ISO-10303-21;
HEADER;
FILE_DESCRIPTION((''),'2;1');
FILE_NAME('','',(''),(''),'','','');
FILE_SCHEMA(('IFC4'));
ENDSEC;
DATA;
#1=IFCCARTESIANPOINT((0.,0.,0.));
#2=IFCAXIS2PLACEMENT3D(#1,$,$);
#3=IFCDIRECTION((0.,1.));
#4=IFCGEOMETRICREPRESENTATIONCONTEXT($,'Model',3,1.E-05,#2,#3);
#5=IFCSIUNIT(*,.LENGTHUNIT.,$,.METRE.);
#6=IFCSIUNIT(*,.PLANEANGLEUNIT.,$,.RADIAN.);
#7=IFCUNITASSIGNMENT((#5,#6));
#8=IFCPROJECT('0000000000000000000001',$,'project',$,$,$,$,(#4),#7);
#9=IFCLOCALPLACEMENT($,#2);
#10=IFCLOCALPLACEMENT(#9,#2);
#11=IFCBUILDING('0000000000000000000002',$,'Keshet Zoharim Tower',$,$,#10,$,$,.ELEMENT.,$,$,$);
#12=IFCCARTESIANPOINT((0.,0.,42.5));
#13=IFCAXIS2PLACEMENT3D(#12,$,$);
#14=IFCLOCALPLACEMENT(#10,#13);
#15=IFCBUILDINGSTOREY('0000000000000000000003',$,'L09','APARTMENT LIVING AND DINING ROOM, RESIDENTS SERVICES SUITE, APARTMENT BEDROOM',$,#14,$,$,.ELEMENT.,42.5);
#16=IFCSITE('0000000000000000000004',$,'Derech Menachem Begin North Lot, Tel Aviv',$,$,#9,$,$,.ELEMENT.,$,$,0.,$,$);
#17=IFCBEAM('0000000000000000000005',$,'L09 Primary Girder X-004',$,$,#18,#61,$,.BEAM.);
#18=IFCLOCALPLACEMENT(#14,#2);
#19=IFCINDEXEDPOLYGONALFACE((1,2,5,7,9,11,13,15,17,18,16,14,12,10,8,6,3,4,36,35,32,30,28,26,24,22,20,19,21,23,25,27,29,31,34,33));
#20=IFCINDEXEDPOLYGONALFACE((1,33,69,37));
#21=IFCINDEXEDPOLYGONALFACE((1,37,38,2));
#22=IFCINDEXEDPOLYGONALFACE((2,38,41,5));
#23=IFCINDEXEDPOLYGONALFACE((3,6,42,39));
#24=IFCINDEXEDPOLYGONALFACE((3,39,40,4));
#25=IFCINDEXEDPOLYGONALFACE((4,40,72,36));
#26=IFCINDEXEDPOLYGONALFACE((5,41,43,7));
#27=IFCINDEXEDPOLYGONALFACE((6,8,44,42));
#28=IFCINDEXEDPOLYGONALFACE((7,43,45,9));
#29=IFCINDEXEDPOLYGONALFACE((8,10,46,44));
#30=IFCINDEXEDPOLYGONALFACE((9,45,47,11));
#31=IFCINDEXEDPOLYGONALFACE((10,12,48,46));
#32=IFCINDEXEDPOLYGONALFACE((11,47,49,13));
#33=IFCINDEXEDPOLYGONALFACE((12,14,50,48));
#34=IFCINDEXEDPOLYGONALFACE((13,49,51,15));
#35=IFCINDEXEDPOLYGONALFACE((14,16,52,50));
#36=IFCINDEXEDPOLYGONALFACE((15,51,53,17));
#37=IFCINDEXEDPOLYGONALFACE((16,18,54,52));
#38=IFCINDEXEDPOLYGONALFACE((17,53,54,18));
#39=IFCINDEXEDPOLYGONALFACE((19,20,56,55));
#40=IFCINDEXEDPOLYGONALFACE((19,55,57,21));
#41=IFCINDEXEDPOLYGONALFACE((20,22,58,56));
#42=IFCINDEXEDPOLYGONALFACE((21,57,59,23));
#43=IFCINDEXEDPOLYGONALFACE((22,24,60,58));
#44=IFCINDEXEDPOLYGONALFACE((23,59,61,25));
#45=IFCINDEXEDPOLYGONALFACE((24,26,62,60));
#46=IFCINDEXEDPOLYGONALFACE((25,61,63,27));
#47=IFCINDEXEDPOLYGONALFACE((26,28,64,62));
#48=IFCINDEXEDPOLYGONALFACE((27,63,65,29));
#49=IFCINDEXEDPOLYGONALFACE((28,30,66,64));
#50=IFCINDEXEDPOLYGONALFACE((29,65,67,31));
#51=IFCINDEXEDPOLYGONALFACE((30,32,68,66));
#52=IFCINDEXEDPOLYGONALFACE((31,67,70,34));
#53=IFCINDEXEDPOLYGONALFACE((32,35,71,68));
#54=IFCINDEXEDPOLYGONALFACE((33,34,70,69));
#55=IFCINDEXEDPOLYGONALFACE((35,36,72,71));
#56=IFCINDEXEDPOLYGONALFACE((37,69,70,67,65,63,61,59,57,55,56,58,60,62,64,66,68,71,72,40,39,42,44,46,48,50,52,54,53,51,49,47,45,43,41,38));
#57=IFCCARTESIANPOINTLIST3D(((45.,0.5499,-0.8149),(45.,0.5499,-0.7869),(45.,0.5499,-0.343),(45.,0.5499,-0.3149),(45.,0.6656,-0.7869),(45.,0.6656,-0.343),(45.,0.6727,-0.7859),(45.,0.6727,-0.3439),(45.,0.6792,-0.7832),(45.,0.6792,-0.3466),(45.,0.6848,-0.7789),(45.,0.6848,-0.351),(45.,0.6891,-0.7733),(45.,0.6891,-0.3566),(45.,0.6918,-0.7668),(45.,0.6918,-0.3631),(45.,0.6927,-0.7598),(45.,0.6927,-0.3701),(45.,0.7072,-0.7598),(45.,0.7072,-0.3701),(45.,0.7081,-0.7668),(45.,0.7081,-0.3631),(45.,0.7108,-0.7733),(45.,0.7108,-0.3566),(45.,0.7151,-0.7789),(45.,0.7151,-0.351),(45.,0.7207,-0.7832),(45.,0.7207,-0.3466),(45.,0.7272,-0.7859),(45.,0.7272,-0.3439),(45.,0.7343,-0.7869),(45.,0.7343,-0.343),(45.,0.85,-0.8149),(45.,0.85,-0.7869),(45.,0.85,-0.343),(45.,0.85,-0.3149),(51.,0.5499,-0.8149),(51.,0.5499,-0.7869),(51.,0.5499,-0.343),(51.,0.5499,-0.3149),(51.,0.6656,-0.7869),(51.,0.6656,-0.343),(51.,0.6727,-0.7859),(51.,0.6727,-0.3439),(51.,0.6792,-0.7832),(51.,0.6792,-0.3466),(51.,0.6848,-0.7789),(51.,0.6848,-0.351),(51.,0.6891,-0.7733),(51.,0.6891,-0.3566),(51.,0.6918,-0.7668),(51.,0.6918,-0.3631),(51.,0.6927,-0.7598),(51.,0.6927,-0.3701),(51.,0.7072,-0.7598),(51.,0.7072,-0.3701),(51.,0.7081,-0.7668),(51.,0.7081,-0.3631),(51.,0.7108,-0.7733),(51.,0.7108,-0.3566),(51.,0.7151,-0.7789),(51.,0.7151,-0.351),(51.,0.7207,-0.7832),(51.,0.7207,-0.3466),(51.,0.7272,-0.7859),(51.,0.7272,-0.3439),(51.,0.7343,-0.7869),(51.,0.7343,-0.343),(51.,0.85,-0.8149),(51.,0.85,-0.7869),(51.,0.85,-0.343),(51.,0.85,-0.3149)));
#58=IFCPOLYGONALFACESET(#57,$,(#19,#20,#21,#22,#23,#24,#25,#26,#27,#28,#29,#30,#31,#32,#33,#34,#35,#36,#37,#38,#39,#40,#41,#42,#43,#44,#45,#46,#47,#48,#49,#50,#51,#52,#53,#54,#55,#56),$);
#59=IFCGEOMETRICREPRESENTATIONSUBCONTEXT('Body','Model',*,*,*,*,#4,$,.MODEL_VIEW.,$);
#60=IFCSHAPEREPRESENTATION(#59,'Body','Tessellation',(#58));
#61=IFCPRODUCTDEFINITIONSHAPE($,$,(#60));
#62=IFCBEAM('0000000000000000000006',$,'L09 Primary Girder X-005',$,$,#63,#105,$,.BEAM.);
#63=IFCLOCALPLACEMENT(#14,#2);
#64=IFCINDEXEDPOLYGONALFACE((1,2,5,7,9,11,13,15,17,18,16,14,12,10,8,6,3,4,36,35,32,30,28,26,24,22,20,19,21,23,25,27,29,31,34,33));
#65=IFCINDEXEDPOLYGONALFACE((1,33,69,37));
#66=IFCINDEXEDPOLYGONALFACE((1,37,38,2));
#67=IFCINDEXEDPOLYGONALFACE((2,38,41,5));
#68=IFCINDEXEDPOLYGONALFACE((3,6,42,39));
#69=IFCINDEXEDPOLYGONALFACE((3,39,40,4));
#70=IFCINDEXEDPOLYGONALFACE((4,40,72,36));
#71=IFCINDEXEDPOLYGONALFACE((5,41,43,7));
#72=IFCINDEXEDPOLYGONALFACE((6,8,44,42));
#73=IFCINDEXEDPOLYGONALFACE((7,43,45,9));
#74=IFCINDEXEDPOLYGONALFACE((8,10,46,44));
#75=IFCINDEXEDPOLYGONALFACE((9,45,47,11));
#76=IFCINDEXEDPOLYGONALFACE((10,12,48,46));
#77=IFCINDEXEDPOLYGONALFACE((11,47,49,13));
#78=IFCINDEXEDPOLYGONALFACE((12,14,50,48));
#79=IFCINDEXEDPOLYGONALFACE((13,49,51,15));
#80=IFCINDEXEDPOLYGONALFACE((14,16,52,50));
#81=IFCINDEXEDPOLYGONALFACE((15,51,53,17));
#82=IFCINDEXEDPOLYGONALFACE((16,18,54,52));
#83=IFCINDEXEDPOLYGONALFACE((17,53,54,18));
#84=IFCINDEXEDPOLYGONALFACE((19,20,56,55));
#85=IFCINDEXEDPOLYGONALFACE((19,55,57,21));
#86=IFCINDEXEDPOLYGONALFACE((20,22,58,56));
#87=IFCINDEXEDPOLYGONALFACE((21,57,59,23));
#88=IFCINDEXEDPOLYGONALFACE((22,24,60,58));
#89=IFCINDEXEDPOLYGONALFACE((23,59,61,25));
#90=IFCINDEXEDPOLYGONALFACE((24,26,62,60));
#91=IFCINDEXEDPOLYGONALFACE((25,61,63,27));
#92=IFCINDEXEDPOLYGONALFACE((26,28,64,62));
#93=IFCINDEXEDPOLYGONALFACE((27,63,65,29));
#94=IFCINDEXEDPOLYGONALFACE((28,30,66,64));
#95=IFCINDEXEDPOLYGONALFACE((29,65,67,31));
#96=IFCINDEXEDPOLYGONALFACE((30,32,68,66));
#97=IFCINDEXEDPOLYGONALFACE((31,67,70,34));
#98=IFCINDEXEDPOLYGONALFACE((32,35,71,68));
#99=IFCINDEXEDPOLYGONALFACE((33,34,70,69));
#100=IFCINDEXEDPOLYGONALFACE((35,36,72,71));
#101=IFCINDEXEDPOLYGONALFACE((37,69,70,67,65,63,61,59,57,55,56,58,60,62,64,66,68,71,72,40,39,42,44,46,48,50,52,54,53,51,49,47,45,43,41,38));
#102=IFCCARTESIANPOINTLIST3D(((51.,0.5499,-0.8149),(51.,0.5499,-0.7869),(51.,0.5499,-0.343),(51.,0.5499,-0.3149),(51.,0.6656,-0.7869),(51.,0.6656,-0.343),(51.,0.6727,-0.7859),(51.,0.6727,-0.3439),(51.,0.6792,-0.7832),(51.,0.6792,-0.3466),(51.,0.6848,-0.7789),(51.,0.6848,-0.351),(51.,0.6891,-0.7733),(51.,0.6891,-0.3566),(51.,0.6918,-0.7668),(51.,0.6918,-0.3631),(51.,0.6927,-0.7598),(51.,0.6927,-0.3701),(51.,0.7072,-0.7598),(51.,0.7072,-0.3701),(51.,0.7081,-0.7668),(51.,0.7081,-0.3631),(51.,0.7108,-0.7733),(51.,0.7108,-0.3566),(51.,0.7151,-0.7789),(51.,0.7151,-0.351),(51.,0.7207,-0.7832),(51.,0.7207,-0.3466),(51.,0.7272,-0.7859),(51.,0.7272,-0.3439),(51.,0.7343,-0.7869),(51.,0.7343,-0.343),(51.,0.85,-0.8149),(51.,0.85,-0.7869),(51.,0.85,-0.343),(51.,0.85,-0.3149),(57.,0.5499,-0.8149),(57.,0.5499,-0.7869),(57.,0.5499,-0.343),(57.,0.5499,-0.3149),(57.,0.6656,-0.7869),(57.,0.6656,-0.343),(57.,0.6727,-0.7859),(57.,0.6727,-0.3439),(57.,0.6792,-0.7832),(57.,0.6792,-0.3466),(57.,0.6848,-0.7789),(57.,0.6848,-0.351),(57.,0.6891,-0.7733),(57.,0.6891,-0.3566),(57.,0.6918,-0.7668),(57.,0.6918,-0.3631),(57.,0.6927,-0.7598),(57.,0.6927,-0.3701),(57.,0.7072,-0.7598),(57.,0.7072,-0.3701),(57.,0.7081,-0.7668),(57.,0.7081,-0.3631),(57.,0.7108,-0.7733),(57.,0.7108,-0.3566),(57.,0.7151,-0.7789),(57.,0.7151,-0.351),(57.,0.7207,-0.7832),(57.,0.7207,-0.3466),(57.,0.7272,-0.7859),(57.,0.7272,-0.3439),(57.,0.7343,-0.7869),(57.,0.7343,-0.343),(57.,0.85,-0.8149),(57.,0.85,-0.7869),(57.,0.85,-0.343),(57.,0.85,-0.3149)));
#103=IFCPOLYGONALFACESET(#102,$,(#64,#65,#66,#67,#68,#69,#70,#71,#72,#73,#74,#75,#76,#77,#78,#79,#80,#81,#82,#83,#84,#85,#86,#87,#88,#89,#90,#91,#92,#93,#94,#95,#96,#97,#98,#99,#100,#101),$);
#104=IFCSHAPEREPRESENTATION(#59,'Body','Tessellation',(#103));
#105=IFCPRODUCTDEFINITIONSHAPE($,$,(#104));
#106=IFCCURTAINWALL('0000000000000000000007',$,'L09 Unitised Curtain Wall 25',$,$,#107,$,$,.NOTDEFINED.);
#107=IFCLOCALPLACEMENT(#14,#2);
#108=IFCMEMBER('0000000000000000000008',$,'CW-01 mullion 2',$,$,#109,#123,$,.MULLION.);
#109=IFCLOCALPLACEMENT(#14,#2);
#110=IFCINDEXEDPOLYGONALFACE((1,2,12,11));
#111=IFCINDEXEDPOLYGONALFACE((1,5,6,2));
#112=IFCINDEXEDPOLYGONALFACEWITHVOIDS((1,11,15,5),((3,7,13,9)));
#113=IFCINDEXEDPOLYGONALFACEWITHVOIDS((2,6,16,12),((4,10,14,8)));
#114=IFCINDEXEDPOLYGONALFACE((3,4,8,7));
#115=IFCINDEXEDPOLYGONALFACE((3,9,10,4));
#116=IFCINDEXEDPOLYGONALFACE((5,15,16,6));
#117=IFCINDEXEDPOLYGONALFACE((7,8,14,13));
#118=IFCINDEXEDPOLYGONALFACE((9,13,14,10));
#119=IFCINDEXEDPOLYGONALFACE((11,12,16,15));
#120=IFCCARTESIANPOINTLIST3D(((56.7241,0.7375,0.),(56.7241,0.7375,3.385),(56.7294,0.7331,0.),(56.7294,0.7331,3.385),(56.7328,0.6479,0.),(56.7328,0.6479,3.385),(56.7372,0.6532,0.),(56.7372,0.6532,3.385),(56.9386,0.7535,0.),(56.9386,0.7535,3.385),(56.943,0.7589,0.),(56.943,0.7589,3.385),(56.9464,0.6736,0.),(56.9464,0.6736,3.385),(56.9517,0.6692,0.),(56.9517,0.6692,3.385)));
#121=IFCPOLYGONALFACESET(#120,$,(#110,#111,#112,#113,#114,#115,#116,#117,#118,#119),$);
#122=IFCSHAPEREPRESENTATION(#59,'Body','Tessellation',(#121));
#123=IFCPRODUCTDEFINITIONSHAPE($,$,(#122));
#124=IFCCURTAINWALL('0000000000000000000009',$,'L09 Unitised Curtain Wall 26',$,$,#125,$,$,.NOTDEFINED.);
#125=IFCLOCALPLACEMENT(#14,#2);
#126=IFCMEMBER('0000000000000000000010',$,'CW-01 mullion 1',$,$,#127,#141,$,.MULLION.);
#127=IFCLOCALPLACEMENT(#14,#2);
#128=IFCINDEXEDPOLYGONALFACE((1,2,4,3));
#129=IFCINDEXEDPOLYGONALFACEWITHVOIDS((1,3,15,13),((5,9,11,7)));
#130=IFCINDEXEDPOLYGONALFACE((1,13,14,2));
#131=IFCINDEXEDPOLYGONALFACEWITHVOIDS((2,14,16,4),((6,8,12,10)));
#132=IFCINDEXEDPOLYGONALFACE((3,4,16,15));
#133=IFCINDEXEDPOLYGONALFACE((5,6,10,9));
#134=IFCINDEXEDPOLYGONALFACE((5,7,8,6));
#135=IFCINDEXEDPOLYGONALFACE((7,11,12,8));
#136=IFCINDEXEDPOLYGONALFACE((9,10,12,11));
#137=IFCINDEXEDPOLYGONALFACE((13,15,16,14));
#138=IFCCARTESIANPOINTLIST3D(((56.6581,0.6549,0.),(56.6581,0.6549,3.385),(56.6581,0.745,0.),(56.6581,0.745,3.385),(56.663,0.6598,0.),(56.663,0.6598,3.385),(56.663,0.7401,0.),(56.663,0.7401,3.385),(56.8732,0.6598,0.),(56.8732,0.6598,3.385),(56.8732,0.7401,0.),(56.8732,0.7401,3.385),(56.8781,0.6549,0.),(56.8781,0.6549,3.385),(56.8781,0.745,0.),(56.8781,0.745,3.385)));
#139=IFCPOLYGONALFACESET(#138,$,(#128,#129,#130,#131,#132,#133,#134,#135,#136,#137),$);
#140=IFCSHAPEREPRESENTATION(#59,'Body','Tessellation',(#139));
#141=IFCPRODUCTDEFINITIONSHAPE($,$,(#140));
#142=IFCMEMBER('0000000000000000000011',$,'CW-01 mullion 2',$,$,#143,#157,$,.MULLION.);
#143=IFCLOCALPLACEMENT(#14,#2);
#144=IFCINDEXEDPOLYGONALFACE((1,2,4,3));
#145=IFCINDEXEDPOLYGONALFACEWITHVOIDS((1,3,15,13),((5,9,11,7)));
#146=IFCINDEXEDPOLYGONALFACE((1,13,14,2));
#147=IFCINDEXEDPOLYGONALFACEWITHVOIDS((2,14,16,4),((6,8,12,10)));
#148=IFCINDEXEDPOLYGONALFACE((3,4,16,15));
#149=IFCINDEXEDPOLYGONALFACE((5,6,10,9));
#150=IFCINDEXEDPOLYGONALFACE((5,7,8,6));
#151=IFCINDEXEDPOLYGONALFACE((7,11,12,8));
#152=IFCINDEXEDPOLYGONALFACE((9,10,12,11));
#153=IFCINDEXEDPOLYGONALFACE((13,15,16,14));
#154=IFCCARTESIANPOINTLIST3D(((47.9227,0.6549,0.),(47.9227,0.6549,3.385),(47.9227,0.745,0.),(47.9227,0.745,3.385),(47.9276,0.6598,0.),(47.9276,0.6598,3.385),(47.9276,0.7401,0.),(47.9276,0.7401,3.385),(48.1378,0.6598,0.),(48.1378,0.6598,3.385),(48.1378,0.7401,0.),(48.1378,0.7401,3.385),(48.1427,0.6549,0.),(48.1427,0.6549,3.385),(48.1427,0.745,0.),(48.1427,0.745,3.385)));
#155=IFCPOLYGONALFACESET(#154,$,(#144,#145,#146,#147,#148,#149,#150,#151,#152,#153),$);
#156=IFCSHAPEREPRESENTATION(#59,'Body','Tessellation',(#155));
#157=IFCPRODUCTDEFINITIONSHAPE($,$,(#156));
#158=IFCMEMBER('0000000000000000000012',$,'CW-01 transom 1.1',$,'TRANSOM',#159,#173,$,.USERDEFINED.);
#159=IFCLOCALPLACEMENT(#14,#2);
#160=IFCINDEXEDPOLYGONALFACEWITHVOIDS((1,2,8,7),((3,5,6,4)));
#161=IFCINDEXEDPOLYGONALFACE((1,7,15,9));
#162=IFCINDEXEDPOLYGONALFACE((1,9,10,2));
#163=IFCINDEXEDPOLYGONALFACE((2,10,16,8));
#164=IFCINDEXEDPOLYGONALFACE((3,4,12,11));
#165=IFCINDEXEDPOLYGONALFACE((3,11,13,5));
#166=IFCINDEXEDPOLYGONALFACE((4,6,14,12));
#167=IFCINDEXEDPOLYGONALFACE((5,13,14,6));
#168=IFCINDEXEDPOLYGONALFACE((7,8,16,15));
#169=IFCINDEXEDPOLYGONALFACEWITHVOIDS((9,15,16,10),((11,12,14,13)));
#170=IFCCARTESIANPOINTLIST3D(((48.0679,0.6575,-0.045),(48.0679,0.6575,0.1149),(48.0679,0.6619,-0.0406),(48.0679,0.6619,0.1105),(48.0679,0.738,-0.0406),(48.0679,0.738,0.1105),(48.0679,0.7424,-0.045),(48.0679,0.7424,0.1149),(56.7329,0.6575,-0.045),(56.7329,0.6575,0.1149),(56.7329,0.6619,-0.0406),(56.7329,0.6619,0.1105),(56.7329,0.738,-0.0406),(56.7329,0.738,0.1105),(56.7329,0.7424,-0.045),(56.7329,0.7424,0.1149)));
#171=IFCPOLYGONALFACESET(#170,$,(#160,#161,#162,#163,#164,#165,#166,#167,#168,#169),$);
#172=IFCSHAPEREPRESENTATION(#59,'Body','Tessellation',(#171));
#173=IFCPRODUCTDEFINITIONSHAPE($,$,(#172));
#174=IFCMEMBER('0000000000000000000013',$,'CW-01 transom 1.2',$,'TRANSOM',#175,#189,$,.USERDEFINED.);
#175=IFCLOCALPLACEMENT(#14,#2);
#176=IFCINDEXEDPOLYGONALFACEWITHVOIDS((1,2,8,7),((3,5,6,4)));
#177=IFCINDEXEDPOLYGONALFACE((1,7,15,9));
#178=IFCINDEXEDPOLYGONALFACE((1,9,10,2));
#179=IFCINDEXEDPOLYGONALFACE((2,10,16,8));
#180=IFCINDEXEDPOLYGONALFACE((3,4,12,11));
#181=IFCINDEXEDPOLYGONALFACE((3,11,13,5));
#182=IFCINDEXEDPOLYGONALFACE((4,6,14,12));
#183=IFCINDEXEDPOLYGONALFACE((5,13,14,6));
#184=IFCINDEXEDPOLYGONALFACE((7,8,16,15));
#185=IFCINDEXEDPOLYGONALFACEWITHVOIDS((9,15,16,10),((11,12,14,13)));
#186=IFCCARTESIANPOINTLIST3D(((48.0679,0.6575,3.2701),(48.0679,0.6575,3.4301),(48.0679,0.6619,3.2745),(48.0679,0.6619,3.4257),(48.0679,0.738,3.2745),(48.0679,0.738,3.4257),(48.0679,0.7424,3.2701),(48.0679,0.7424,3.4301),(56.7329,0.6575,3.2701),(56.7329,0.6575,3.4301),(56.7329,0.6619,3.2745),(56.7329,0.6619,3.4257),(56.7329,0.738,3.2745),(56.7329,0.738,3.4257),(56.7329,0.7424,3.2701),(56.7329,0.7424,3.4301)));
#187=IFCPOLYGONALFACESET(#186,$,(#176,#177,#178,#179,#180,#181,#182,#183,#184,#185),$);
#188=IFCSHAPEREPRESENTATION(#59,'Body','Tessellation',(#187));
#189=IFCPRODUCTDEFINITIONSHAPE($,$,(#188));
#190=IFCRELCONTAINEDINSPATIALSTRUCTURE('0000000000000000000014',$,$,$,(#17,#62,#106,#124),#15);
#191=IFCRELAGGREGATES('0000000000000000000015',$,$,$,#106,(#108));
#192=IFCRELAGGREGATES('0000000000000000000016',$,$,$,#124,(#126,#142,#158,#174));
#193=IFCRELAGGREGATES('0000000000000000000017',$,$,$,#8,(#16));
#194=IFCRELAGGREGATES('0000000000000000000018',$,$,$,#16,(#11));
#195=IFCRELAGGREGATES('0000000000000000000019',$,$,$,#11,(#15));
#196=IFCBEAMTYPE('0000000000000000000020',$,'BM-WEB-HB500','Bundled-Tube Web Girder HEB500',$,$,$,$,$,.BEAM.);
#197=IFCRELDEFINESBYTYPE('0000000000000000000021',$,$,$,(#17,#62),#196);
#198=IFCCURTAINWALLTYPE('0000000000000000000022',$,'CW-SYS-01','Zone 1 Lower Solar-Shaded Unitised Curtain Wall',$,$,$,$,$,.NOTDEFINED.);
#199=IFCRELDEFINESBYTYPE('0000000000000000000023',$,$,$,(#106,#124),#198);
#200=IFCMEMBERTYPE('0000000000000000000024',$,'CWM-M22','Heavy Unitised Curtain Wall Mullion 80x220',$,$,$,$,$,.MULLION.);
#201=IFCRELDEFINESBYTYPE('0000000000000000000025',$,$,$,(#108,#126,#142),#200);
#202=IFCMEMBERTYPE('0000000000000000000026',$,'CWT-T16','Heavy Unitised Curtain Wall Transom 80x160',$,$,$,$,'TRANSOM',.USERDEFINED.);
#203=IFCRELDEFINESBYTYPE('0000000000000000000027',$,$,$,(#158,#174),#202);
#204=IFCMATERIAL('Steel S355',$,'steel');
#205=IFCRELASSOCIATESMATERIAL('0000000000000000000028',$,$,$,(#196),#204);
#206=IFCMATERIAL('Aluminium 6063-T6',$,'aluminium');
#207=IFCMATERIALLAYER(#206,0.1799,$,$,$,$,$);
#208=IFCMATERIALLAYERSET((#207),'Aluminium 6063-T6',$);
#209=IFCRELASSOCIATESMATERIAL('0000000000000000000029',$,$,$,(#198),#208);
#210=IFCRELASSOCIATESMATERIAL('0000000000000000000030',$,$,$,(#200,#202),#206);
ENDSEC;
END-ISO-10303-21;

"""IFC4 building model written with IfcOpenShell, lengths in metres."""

from ifc_helpers import new_model, si_unit, direction, frame, origin, origin_2d, place, context, subcontext, project, spatial, hollow_rectangle, i_section, extrude, material, layer, layer_set, material_profile, profile_set, type_object, element, aggregate, save


model = new_model("IFC4")

# Units and contexts
model_context = context("Model", 3, precision=1e-05, world=origin(), true_north=direction((0.0, 1.0)))
body_context = subcontext(model_context, "Body", "Model", "MODEL_VIEW")
ifc_project = project(units=[si_unit("LENGTHUNIT", "METRE"), si_unit("PLANEANGLEUNIT", "RADIAN")], contexts=[model_context])

# Site, building, storey
site_placement = place(None, origin())
site = spatial("IfcSite", under=ifc_project, at=site_placement, Name="Derech Menachem Begin North Lot, Tel Aviv", CompositionType="ELEMENT", RefElevation=0.0)
building_placement = place(site_placement, origin())
building = spatial("IfcBuilding", under=site, at=building_placement, Name="Keshet Zoharim Tower", CompositionType="ELEMENT")
storey_placement = place(building_placement, frame((0.0, 0.0, 42.5)))
storey = spatial("IfcBuildingStorey", under=building, at=storey_placement, Name="L09", Description="APARTMENT LIVING AND DINING ROOM, RESIDENTS SERVICES SUITE, APARTMENT BEDROOM", CompositionType="ELEMENT", Elevation=42.5)

# Shared definitions
ifc_material_1 = material(Name="Steel S355", Category="steel")

# Beams
ifc_material_profile_1 = material_profile(ifc_material_1, i_section(OverallWidth=0.3, OverallDepth=0.5, WebThickness=0.0144, FlangeThickness=0.0281, FilletRadius=0.0271, at=origin_2d()), Name="HEB500")
ifc_profile_set_1 = profile_set([ifc_material_profile_1], Name="Steel S355")
beam_type_1 = type_object("IfcBeamType", Name="BM-WEB-HB500", Description="Bundled-Tube Web Girder HEB500", PredefinedType="BEAM", material=ifc_profile_set_1)
for number, where, z_axis, x_axis, name in (
    (1, (45.0, 0.7, -0.5649), (1.0, 0.0, 0.0), (0.0, 1.0, 0.0), "L09 Primary Girder X-004"),
    (2, (51.0, 0.7, -0.5649), (1.0, 0.0, 0.0), (0.0, 1.0, 0.0), "L09 Primary Girder X-005"),
):
    element("IfcBeam", number, at=place(storey_placement, frame(where, z_axis=z_axis, x_axis=x_axis)), inside=storey, type_object=beam_type_1, Name=name, PredefinedType="BEAM", context=body_context, shape_type="SweptSolid", body=[
        extrude(i_section(OverallWidth=0.3, OverallDepth=0.5, WebThickness=0.0144, FlangeThickness=0.0281, FilletRadius=0.0271, at=origin_2d()), origin(), (0.0, 0.0, 1.0), 6.0),
    ])

# Curtain wall, member
ifc_material_2 = material(Name="Aluminium 6063-T6", Category="aluminium")
ifc_layer_1 = layer(ifc_material_2, 0.1799)
ifc_layer_set_1 = layer_set([ifc_layer_1], Name="Aluminium 6063-T6")
curtain_wall_type = type_object("IfcCurtainWallType", Name="CW-SYS-01", Description="Zone 1 Lower Solar-Shaded Unitised Curtain Wall", PredefinedType="NOTDEFINED", material=ifc_layer_set_1)
curtain_wall_1_placement = place(storey_placement, origin())
curtain_wall_1 = element("IfcCurtainWall", 3, at=curtain_wall_1_placement, inside=storey, type_object=curtain_wall_type, Name="L09 Unitised Curtain Wall 25", PredefinedType="NOTDEFINED")
ifc_material_profile_2 = material_profile(ifc_material_2, hollow_rectangle(XDim=0.0901, YDim=0.22, WallThickness=0.0049, at=origin_2d()), Name="MUL-90x220")
ifc_profile_set_2 = profile_set([ifc_material_profile_2], Name="Aluminium 6063-T6")
member_type_1 = type_object("IfcMemberType", Name="CWM-M22", Description="Heavy Unitised Curtain Wall Mullion 80x220", PredefinedType="MULLION", material=ifc_profile_set_2)
member_1_placement = place(storey_placement, frame((56.8379, 0.7034, 0.0), z_axis=(0.0, 0.0, 1.0), x_axis=(0.096977, -0.995287, 0.0)))
member_1 = element("IfcMember", 4, at=member_1_placement, type_object=member_type_1, Name="CW-01 mullion 2", PredefinedType="MULLION", context=body_context, shape_type="SweptSolid", body=[
    extrude(hollow_rectangle(XDim=0.0901, YDim=0.22, WallThickness=0.0049, at=origin_2d()), origin(), (0.0, 0.0, 1.0), 3.385),
])
aggregate(curtain_wall_1, [member_1])

# Curtain wall, members
curtain_wall_2_placement = place(storey_placement, origin())
curtain_wall_2 = element("IfcCurtainWall", 5, at=curtain_wall_2_placement, inside=storey, type_object=curtain_wall_type, Name="L09 Unitised Curtain Wall 26", PredefinedType="NOTDEFINED")
member_2_placement = place(storey_placement, frame((56.7681, 0.7, 0.0), z_axis=(0.0, 0.0, 1.0), x_axis=(0.0, -1.0, 0.0)))
member_2 = element("IfcMember", 6, at=member_2_placement, type_object=member_type_1, Name="CW-01 mullion 1", PredefinedType="MULLION", context=body_context, shape_type="SweptSolid", body=[
    extrude(hollow_rectangle(XDim=0.0901, YDim=0.22, WallThickness=0.0049, at=origin_2d()), origin(), (0.0, 0.0, 1.0), 3.385),
])
member_3_placement = place(storey_placement, frame((48.0327, 0.7, 0.0), z_axis=(0.0, 0.0, 1.0), x_axis=(0.0, -1.0, 0.0)))
member_3 = element("IfcMember", 7, at=member_3_placement, type_object=member_type_1, Name="CW-01 mullion 2", PredefinedType="MULLION", context=body_context, shape_type="SweptSolid", body=[
    extrude(hollow_rectangle(XDim=0.0901, YDim=0.22, WallThickness=0.0049, at=origin_2d()), origin(), (0.0, 0.0, 1.0), 3.385),
])
ifc_material_profile_3 = material_profile(ifc_material_2, hollow_rectangle(XDim=0.085, YDim=0.1599, WallThickness=0.0044, at=origin_2d()), Name="TRN-85x160")
ifc_profile_set_3 = profile_set([ifc_material_profile_3], Name="Aluminium 6063-T6")
member_type_2 = type_object("IfcMemberType", Name="CWT-T16", Description="Heavy Unitised Curtain Wall Transom 80x160", ElementType="TRANSOM", PredefinedType="USERDEFINED", material=ifc_profile_set_3)
member_4_placement = place(storey_placement, frame((56.7329, 0.7, 0.0349), z_axis=(-1.0, 0.0, 0.0), x_axis=(0.0, -1.0, 0.0)))
member_4 = element("IfcMember", 8, at=member_4_placement, type_object=member_type_2, Name="CW-01 transom 1.1", ObjectType="TRANSOM", PredefinedType="USERDEFINED", context=body_context, shape_type="SweptSolid", body=[
    extrude(hollow_rectangle(XDim=0.085, YDim=0.1599, WallThickness=0.0044, at=origin_2d()), origin(), (0.0, 0.0, 1.0), 8.665),
])
member_5_placement = place(storey_placement, frame((56.7329, 0.7, 3.3501), z_axis=(-1.0, 0.0, 0.0), x_axis=(0.0, -1.0, 0.0)))
member_5 = element("IfcMember", 9, at=member_5_placement, type_object=member_type_2, Name="CW-01 transom 1.2", ObjectType="TRANSOM", PredefinedType="USERDEFINED", context=body_context, shape_type="SweptSolid", body=[
    extrude(hollow_rectangle(XDim=0.085, YDim=0.1599, WallThickness=0.0044, at=origin_2d()), origin(), (0.0, 0.0, 1.0), 8.665),
])
aggregate(curtain_wall_2, [member_2, member_3, member_4, member_5])

save(model, "model.ifc")
